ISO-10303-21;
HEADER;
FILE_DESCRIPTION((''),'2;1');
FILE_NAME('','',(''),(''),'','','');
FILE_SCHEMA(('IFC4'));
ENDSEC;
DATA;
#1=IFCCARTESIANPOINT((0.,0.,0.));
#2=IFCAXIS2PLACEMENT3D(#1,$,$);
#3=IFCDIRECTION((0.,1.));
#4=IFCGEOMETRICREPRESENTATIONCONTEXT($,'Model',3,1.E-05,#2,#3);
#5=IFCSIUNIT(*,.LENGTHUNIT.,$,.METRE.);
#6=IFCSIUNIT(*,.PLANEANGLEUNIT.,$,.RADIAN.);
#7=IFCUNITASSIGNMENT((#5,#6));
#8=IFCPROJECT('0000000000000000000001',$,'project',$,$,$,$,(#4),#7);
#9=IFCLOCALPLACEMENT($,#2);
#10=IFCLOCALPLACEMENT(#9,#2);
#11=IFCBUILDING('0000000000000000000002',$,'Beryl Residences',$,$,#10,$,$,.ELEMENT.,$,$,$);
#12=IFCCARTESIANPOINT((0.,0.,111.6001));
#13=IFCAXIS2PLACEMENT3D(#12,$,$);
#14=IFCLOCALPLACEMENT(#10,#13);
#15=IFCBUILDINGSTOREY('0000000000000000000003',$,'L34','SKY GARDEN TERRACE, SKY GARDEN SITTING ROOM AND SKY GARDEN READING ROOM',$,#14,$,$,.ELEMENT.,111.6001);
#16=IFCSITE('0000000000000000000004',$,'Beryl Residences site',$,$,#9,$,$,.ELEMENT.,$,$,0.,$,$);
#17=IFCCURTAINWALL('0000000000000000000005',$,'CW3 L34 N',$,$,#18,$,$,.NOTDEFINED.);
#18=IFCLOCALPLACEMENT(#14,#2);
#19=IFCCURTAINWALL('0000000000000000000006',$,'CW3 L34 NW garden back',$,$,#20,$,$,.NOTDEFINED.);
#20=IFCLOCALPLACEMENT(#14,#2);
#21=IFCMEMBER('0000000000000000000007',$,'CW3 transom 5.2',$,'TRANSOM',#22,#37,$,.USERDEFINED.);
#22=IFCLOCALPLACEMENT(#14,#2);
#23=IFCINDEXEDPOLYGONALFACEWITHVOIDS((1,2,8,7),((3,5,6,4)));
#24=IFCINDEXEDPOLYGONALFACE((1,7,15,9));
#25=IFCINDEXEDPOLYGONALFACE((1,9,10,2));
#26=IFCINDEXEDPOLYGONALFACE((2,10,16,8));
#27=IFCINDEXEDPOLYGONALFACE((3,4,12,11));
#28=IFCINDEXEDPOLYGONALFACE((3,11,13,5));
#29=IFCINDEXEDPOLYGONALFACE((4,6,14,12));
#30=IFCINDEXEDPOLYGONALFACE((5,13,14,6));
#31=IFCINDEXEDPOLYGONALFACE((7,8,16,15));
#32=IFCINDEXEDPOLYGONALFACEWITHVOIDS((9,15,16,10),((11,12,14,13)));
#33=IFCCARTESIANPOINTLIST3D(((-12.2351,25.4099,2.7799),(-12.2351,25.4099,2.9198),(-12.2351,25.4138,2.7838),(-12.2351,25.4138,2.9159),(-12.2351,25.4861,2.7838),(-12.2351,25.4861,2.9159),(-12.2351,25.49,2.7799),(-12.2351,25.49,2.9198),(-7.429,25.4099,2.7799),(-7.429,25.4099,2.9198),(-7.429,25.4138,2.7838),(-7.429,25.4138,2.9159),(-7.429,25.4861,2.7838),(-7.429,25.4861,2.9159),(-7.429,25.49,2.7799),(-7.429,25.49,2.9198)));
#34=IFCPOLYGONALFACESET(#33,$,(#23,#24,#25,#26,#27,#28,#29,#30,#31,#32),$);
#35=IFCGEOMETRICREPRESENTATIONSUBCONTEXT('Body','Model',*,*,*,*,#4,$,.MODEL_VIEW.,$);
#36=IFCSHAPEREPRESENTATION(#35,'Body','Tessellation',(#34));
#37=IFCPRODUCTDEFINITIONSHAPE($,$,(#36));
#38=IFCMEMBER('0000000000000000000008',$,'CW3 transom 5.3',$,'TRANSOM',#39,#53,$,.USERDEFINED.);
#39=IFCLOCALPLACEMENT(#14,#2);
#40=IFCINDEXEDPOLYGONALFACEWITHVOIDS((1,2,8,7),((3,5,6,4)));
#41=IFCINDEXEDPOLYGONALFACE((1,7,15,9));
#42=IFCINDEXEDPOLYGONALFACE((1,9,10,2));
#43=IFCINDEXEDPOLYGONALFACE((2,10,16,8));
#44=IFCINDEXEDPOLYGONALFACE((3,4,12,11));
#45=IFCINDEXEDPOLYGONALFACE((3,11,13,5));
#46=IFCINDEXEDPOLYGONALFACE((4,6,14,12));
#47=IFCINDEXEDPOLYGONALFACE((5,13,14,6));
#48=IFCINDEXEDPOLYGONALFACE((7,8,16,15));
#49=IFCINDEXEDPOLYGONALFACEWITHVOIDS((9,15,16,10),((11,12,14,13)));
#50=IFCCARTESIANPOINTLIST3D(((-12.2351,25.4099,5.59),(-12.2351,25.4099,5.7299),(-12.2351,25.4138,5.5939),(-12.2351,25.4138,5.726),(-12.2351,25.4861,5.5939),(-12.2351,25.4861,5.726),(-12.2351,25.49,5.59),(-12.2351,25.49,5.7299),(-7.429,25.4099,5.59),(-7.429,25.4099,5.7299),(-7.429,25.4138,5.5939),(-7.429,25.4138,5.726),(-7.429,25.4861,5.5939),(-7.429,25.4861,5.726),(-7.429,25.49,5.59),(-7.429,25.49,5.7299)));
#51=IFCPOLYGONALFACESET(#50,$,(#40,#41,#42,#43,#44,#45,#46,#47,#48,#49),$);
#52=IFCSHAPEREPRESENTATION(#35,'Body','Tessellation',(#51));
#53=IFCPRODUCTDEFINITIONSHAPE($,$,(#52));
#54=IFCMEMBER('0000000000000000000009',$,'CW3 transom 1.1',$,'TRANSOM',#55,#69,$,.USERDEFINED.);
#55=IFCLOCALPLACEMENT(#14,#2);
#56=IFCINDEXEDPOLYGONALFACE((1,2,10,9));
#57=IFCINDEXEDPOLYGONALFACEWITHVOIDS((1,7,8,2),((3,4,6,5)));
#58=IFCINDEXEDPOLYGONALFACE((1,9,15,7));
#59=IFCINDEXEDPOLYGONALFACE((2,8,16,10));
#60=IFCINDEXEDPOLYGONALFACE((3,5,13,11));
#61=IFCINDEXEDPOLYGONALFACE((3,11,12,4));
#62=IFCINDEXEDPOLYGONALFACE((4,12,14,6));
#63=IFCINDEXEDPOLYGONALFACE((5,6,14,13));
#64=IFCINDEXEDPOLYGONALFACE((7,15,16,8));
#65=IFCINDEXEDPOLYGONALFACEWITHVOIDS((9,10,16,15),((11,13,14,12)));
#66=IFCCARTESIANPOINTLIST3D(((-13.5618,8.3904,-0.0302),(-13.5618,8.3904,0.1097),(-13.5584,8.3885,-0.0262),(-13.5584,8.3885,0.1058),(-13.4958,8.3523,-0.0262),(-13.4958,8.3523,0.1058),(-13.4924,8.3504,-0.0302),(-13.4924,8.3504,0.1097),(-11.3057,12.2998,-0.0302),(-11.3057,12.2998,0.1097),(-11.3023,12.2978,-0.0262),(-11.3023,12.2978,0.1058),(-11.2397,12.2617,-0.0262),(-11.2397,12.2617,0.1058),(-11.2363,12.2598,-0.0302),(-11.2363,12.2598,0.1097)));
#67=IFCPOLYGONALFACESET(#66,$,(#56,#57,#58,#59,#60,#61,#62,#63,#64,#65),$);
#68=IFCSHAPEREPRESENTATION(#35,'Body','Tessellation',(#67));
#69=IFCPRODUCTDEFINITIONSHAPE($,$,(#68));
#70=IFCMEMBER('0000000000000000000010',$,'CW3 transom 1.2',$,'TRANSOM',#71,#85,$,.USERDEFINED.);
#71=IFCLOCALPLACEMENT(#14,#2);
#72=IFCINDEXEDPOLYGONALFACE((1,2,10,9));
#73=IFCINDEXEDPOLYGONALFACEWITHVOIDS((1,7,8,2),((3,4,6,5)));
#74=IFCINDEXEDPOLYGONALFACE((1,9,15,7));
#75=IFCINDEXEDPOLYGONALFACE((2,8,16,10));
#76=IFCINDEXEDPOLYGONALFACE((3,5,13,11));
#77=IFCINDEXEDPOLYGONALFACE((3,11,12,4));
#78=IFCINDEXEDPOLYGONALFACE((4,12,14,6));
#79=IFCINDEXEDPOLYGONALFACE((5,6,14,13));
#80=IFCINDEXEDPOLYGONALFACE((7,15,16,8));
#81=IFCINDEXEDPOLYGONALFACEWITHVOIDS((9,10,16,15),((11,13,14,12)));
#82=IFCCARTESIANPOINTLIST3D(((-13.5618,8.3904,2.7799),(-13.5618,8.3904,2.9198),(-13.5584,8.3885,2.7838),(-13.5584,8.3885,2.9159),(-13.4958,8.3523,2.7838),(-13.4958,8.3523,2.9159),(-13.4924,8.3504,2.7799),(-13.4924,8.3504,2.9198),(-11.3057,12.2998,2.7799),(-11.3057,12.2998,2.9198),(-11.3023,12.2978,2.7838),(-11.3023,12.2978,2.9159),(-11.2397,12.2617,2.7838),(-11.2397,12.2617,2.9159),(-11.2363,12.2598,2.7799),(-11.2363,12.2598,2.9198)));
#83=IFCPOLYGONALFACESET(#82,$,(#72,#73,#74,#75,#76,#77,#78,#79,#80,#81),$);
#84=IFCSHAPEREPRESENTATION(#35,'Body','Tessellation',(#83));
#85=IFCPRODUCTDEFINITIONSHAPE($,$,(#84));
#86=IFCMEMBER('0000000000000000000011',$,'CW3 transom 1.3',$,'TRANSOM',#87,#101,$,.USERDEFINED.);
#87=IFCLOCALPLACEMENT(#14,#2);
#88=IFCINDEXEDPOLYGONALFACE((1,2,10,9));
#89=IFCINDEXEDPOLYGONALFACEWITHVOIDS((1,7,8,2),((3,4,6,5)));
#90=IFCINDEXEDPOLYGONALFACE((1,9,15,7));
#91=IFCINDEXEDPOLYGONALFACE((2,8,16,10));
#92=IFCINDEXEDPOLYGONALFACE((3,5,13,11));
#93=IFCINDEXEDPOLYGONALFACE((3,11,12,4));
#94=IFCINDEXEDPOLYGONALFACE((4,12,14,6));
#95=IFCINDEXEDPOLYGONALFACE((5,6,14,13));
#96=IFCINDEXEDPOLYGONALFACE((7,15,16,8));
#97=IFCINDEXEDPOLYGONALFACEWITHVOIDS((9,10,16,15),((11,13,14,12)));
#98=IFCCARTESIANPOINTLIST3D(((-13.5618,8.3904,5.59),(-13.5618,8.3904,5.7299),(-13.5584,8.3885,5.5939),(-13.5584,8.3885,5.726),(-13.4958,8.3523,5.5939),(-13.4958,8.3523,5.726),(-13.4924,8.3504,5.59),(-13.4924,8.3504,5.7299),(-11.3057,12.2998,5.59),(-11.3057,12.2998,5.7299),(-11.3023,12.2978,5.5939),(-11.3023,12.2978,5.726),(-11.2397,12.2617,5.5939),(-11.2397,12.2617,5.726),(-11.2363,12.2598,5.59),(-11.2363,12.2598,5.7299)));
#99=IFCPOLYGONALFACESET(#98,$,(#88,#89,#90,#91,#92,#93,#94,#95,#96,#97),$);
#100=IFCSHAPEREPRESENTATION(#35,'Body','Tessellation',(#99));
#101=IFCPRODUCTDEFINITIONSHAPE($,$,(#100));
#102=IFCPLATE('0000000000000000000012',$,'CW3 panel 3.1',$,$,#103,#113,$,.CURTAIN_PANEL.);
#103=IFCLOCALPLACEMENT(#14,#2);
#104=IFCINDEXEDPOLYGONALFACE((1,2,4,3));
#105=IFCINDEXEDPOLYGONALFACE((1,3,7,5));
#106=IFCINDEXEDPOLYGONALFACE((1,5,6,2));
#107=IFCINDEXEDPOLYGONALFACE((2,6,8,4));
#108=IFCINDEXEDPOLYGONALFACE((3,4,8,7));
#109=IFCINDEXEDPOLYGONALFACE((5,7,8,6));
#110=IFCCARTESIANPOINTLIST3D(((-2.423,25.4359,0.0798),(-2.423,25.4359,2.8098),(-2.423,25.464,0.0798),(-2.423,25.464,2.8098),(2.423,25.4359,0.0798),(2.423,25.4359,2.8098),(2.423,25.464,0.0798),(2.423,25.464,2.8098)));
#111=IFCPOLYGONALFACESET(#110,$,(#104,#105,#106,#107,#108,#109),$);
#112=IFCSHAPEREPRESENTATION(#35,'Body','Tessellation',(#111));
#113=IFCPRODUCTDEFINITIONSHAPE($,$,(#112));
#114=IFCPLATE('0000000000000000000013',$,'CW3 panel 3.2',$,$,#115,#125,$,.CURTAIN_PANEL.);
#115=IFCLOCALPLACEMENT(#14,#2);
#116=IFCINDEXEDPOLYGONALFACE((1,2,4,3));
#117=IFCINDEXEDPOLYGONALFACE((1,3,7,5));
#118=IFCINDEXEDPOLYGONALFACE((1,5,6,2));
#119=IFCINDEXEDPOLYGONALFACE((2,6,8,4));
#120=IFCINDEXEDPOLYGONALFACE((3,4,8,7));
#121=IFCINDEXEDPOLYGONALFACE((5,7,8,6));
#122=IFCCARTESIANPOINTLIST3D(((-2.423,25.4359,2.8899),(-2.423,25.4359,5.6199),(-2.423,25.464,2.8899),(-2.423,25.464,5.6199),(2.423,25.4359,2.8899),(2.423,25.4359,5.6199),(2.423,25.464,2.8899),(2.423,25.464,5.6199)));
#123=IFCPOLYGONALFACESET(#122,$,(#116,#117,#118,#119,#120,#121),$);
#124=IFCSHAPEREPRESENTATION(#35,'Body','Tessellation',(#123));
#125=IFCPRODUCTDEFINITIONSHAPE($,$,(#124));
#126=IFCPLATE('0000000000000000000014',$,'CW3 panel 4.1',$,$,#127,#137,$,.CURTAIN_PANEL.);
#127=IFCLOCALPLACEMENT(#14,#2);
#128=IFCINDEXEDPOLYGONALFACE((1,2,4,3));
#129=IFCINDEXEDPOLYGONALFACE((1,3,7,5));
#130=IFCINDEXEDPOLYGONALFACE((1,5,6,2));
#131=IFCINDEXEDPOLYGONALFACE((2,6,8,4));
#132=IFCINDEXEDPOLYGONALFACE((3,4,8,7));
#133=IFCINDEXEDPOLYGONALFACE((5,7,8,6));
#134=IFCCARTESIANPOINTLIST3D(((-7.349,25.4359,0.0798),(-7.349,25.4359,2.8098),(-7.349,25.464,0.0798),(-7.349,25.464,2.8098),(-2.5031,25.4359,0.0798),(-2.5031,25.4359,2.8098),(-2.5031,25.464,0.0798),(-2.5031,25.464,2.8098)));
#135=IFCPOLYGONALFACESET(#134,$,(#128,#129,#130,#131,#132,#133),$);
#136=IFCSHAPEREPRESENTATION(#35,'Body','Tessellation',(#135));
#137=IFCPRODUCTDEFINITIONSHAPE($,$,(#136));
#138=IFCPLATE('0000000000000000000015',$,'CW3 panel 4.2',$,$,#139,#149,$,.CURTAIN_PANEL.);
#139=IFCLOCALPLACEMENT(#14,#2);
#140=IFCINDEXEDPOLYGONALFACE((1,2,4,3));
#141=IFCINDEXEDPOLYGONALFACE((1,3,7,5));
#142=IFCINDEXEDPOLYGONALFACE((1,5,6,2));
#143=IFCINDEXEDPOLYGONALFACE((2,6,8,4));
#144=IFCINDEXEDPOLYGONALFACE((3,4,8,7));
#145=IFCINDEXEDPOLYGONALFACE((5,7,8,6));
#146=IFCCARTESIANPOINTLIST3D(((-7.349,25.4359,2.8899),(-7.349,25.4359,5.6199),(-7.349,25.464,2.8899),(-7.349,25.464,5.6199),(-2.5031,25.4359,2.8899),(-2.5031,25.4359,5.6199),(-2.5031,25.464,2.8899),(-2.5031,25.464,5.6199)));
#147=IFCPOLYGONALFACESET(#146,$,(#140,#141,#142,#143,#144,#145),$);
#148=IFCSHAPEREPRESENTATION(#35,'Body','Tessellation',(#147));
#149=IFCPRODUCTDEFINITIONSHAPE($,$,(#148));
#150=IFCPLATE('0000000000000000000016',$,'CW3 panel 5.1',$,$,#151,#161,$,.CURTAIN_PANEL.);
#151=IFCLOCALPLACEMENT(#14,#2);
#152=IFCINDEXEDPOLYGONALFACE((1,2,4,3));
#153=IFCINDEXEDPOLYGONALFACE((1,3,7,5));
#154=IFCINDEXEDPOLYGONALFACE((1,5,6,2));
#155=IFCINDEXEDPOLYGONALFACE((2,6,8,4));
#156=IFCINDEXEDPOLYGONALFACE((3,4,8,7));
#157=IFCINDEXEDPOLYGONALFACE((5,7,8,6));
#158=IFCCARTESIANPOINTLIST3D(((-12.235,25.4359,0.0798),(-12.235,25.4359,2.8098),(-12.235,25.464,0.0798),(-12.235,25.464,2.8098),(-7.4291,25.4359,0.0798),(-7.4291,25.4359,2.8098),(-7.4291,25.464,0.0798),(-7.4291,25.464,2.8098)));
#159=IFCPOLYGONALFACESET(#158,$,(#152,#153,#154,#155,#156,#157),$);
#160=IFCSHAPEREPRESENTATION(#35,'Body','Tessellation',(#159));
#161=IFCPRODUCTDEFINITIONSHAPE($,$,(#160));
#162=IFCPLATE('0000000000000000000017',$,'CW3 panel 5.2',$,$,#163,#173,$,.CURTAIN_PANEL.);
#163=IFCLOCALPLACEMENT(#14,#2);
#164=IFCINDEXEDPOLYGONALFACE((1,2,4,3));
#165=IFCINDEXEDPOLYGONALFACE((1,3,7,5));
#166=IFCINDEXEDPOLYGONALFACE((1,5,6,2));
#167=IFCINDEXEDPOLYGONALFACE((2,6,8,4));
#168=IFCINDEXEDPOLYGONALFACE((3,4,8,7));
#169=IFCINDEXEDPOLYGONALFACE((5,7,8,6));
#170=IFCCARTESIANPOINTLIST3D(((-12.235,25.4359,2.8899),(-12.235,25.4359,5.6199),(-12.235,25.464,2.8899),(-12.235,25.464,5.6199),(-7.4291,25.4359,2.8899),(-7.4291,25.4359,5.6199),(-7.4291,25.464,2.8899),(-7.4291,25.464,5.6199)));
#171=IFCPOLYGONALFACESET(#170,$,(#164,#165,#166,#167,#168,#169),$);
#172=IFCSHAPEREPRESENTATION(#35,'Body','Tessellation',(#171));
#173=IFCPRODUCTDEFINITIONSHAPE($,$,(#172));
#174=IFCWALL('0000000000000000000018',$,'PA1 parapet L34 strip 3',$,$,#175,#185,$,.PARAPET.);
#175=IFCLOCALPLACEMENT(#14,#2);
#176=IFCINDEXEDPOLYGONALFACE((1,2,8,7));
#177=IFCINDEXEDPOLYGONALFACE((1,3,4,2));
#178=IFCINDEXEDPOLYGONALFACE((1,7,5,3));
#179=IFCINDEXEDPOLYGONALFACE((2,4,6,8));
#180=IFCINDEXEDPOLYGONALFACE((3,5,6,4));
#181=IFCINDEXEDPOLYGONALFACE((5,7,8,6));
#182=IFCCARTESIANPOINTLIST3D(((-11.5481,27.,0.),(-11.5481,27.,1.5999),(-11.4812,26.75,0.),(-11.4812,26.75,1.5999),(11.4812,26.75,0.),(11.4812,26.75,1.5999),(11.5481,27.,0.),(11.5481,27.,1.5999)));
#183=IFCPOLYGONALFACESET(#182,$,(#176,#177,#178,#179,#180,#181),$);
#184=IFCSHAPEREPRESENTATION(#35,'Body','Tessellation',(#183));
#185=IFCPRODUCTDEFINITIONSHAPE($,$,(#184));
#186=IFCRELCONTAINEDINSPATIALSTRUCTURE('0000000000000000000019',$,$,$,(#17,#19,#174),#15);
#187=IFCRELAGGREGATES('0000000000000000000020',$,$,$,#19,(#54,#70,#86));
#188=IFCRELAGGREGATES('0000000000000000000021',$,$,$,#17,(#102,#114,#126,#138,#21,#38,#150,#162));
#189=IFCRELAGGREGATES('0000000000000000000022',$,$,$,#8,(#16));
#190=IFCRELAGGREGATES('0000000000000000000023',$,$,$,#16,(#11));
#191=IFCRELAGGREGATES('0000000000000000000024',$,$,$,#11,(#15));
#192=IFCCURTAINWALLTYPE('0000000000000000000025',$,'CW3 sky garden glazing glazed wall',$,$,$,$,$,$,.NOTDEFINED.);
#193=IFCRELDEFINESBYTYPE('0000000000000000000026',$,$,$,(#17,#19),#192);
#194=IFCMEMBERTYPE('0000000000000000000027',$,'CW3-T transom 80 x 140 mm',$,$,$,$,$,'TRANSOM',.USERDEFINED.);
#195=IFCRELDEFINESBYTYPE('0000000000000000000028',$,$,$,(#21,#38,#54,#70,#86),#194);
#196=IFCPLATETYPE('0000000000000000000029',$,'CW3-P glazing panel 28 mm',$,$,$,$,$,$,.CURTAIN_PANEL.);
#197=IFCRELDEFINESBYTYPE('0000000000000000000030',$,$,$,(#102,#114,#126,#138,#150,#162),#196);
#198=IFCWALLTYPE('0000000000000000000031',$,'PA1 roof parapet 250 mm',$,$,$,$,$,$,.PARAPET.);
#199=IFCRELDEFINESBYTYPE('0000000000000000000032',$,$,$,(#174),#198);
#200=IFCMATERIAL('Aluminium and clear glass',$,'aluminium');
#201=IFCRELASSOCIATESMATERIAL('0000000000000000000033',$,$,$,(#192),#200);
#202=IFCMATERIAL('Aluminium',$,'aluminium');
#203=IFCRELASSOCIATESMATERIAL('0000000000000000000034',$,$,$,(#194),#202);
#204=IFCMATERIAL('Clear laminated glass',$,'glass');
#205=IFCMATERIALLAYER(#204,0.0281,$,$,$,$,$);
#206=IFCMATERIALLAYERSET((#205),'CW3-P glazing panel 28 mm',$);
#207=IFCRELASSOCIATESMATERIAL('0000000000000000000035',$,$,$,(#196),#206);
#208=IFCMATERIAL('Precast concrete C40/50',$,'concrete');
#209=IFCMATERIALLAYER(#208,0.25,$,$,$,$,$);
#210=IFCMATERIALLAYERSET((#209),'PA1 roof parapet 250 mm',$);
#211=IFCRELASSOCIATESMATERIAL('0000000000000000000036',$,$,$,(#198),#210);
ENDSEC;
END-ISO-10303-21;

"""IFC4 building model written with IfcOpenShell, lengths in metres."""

from ifc_helpers import new_model, si_unit, direction, frame, origin, origin_2d, place, context, subcontext, project, spatial, polyline, rectangle, hollow_rectangle, outline, extrude, material, layer, layer_set, material_profile, profile_set, type_object, element, aggregate, save


model = new_model("IFC4")

# Units and contexts
model_context = context("Model", 3, precision=1e-05, world=origin(), true_north=direction((0.0, 1.0)))
body_context = subcontext(model_context, "Body", "Model", "MODEL_VIEW")
ifc_project = project(units=[si_unit("LENGTHUNIT", "METRE"), si_unit("PLANEANGLEUNIT", "RADIAN")], contexts=[model_context])

# Site, building, storey
site_placement = place(None, origin())
site = spatial("IfcSite", under=ifc_project, at=site_placement, Name="Beryl Residences site", CompositionType="ELEMENT", RefElevation=0.0)
building_placement = place(site_placement, origin())
building = spatial("IfcBuilding", under=site, at=building_placement, Name="Beryl Residences", CompositionType="ELEMENT")
storey_placement = place(building_placement, frame((0.0, 0.0, 111.6001)))
storey = spatial("IfcBuildingStorey", under=building, at=storey_placement, Name="L34", Description="SKY GARDEN TERRACE, SKY GARDEN SITTING ROOM AND SKY GARDEN READING ROOM", CompositionType="ELEMENT", Elevation=111.6001)

# Curtain wall
ifc_material_1 = material(Name="Aluminium and clear glass", Category="aluminium")
curtain_wall_type = type_object("IfcCurtainWallType", Name="CW3 sky garden glazing glazed wall", PredefinedType="NOTDEFINED", material=ifc_material_1)
curtain_wall_1_placement = place(storey_placement, origin())
curtain_wall_1 = element("IfcCurtainWall", 1, at=curtain_wall_1_placement, inside=storey, type_object=curtain_wall_type, Name="CW3 L34 N", PredefinedType="NOTDEFINED")

# Curtain wall
curtain_wall_2_placement = place(storey_placement, origin())
curtain_wall_2 = element("IfcCurtainWall", 2, at=curtain_wall_2_placement, inside=storey, type_object=curtain_wall_type, Name="CW3 L34 NW garden back", PredefinedType="NOTDEFINED")

# Members
ifc_material_2 = material(Name="Aluminium", Category="aluminium")
ifc_material_profile_1 = material_profile(ifc_material_2, hollow_rectangle(XDim=0.0801, YDim=0.1399, WallThickness=0.0039, at=origin_2d()))
ifc_profile_set_1 = profile_set([ifc_material_profile_1], Name="Aluminium")
member_type_1 = type_object("IfcMemberType", Name="CW3-T transom 80 x 140 mm", ElementType="TRANSOM", PredefinedType="USERDEFINED", material=ifc_profile_set_1)
member_1_placement = place(storey_placement, frame((-7.429, 25.45, 2.8499), z_axis=(-1.0, 0.0, 0.0), x_axis=(0.0, -1.0, 0.0)))
member_1 = element("IfcMember", 3, at=member_1_placement, type_object=member_type_1, Name="CW3 transom 5.2", ObjectType="TRANSOM", PredefinedType="USERDEFINED", context=body_context, shape_type="SweptSolid", body=[
    extrude(hollow_rectangle(XDim=0.0801, YDim=0.1399, WallThickness=0.0039, at=origin_2d()), origin(), (0.0, 0.0, 1.0), 4.8062),
])
member_2_placement = place(storey_placement, frame((-7.429, 25.45, 5.6599), z_axis=(-1.0, 0.0, 0.0), x_axis=(0.0, -1.0, 0.0)))
member_2 = element("IfcMember", 4, at=member_2_placement, type_object=member_type_1, Name="CW3 transom 5.3", ObjectType="TRANSOM", PredefinedType="USERDEFINED", context=body_context, shape_type="SweptSolid", body=[
    extrude(hollow_rectangle(XDim=0.0801, YDim=0.1399, WallThickness=0.0039, at=origin_2d()), origin(), (0.0, 0.0, 1.0), 4.8062),
])
member_3_placement = place(storey_placement, frame((-11.271, 12.2798, 0.0398), z_axis=(-0.499833, -0.866122, 0.0), x_axis=(0.866122, -0.499833, 0.0)))
member_3 = element("IfcMember", 5, at=member_3_placement, type_object=member_type_1, Name="CW3 transom 1.1", ObjectType="TRANSOM", PredefinedType="USERDEFINED", context=body_context, shape_type="SweptSolid", body=[
    extrude(hollow_rectangle(XDim=0.0801, YDim=0.1399, WallThickness=0.0039, at=origin_2d()), origin(), (0.0, 0.0, 1.0), 4.5137),
])
member_4_placement = place(storey_placement, frame((-11.271, 12.2798, 2.8499), z_axis=(-0.499833, -0.866122, 0.0), x_axis=(0.866122, -0.499833, 0.0)))
member_4 = element("IfcMember", 6, at=member_4_placement, type_object=member_type_1, Name="CW3 transom 1.2", ObjectType="TRANSOM", PredefinedType="USERDEFINED", context=body_context, shape_type="SweptSolid", body=[
    extrude(hollow_rectangle(XDim=0.0801, YDim=0.1399, WallThickness=0.0039, at=origin_2d()), origin(), (0.0, 0.0, 1.0), 4.5137),
])
member_5_placement = place(storey_placement, frame((-11.271, 12.2798, 5.6599), z_axis=(-0.499833, -0.866122, 0.0), x_axis=(0.866122, -0.499833, 0.0)))
member_5 = element("IfcMember", 7, at=member_5_placement, type_object=member_type_1, Name="CW3 transom 1.3", ObjectType="TRANSOM", PredefinedType="USERDEFINED", context=body_context, shape_type="SweptSolid", body=[
    extrude(hollow_rectangle(XDim=0.0801, YDim=0.1399, WallThickness=0.0039, at=origin_2d()), origin(), (0.0, 0.0, 1.0), 4.5137),
])
aggregate(curtain_wall_2, [member_3, member_4, member_5])

# Plates
ifc_material_3 = material(Name="Clear laminated glass", Category="glass")
ifc_layer_1 = layer(ifc_material_3, 0.0281)
ifc_layer_set_1 = layer_set([ifc_layer_1], Name="CW3-P glazing panel 28 mm")
plate_type = type_object("IfcPlateType", Name="CW3-P glazing panel 28 mm", PredefinedType="CURTAIN_PANEL", material=ifc_layer_set_1)
plate_1_placement = place(storey_placement, frame((0.0, 25.45, 0.0798), z_axis=(0.0, 0.0, 1.0), x_axis=(-1.0, 0.0, 0.0)))
plate_1 = element("IfcPlate", 8, at=plate_1_placement, type_object=plate_type, Name="CW3 panel 3.1", PredefinedType="CURTAIN_PANEL", context=body_context, shape_type="SweptSolid", body=[
    extrude(rectangle(XDim=4.8459, YDim=0.0281, at=origin_2d()), origin(), (0.0, 0.0, 1.0), 2.73),
])
plate_2_placement = place(storey_placement, frame((0.0, 25.45, 2.8899), z_axis=(0.0, 0.0, 1.0), x_axis=(-1.0, 0.0, 0.0)))
plate_2 = element("IfcPlate", 9, at=plate_2_placement, type_object=plate_type, Name="CW3 panel 3.2", PredefinedType="CURTAIN_PANEL", context=body_context, shape_type="SweptSolid", body=[
    extrude(rectangle(XDim=4.8459, YDim=0.0281, at=origin_2d()), origin(), (0.0, 0.0, 1.0), 2.73),
])
plate_3_placement = place(storey_placement, frame((-4.926, 25.45, 0.0798), z_axis=(0.0, 0.0, 1.0), x_axis=(-1.0, 0.0, 0.0)))
plate_3 = element("IfcPlate", 10, at=plate_3_placement, type_object=plate_type, Name="CW3 panel 4.1", PredefinedType="CURTAIN_PANEL", context=body_context, shape_type="SweptSolid", body=[
    extrude(rectangle(XDim=4.8459, YDim=0.0281, at=origin_2d()), origin(), (0.0, 0.0, 1.0), 2.73),
])
plate_4_placement = place(storey_placement, frame((-4.926, 25.45, 2.8899), z_axis=(0.0, 0.0, 1.0), x_axis=(-1.0, 0.0, 0.0)))
plate_4 = element("IfcPlate", 11, at=plate_4_placement, type_object=plate_type, Name="CW3 panel 4.2", PredefinedType="CURTAIN_PANEL", context=body_context, shape_type="SweptSolid", body=[
    extrude(rectangle(XDim=4.8459, YDim=0.0281, at=origin_2d()), origin(), (0.0, 0.0, 1.0), 2.73),
])
plate_5_placement = place(storey_placement, frame((-9.832, 25.45, 0.0798), z_axis=(0.0, 0.0, 1.0), x_axis=(-1.0, 0.0, 0.0)))
plate_5 = element("IfcPlate", 12, at=plate_5_placement, type_object=plate_type, Name="CW3 panel 5.1", PredefinedType="CURTAIN_PANEL", context=body_context, shape_type="SweptSolid", body=[
    extrude(rectangle(XDim=4.8059, YDim=0.0281, at=origin_2d()), origin(), (0.0, 0.0, 1.0), 2.73),
])
plate_6_placement = place(storey_placement, frame((-9.832, 25.45, 2.8899), z_axis=(0.0, 0.0, 1.0), x_axis=(-1.0, 0.0, 0.0)))
plate_6 = element("IfcPlate", 13, at=plate_6_placement, type_object=plate_type, Name="CW3 panel 5.2", PredefinedType="CURTAIN_PANEL", context=body_context, shape_type="SweptSolid", body=[
    extrude(rectangle(XDim=4.8059, YDim=0.0281, at=origin_2d()), origin(), (0.0, 0.0, 1.0), 2.73),
])
aggregate(curtain_wall_1, [plate_1, plate_2, plate_3, plate_4, member_1, member_2, plate_5, plate_6])

# Wall
ifc_material_4 = material(Name="Precast concrete C40/50", Category="concrete")
ifc_layer_2 = layer(ifc_material_4, 0.25)
ifc_layer_set_2 = layer_set([ifc_layer_2], Name="PA1 roof parapet 250 mm")
wall_type_1 = type_object("IfcWallType", Name="PA1 roof parapet 250 mm", PredefinedType="PARAPET", material=ifc_layer_set_2)
wall_1_placement = place(storey_placement, frame((-11.5481, 26.875, 0.0), z_axis=(0.0, 0.0, 1.0), x_axis=(1.0, 0.0, 0.0)))
element("IfcWall", 14, at=wall_1_placement, inside=storey, type_object=wall_type_1, Name="PA1 parapet L34 strip 3", PredefinedType="PARAPET", context=body_context, shape_type="SweptSolid", body=[
    extrude(outline(polyline([(0.0669, -0.125), (23.0293, -0.125), (23.0962, 0.125), (0.0, 0.125), (0.0669, -0.125)])), origin(), (0.0, 0.0, 1.0), 1.5999),
])

save(model, "model.ifc")
